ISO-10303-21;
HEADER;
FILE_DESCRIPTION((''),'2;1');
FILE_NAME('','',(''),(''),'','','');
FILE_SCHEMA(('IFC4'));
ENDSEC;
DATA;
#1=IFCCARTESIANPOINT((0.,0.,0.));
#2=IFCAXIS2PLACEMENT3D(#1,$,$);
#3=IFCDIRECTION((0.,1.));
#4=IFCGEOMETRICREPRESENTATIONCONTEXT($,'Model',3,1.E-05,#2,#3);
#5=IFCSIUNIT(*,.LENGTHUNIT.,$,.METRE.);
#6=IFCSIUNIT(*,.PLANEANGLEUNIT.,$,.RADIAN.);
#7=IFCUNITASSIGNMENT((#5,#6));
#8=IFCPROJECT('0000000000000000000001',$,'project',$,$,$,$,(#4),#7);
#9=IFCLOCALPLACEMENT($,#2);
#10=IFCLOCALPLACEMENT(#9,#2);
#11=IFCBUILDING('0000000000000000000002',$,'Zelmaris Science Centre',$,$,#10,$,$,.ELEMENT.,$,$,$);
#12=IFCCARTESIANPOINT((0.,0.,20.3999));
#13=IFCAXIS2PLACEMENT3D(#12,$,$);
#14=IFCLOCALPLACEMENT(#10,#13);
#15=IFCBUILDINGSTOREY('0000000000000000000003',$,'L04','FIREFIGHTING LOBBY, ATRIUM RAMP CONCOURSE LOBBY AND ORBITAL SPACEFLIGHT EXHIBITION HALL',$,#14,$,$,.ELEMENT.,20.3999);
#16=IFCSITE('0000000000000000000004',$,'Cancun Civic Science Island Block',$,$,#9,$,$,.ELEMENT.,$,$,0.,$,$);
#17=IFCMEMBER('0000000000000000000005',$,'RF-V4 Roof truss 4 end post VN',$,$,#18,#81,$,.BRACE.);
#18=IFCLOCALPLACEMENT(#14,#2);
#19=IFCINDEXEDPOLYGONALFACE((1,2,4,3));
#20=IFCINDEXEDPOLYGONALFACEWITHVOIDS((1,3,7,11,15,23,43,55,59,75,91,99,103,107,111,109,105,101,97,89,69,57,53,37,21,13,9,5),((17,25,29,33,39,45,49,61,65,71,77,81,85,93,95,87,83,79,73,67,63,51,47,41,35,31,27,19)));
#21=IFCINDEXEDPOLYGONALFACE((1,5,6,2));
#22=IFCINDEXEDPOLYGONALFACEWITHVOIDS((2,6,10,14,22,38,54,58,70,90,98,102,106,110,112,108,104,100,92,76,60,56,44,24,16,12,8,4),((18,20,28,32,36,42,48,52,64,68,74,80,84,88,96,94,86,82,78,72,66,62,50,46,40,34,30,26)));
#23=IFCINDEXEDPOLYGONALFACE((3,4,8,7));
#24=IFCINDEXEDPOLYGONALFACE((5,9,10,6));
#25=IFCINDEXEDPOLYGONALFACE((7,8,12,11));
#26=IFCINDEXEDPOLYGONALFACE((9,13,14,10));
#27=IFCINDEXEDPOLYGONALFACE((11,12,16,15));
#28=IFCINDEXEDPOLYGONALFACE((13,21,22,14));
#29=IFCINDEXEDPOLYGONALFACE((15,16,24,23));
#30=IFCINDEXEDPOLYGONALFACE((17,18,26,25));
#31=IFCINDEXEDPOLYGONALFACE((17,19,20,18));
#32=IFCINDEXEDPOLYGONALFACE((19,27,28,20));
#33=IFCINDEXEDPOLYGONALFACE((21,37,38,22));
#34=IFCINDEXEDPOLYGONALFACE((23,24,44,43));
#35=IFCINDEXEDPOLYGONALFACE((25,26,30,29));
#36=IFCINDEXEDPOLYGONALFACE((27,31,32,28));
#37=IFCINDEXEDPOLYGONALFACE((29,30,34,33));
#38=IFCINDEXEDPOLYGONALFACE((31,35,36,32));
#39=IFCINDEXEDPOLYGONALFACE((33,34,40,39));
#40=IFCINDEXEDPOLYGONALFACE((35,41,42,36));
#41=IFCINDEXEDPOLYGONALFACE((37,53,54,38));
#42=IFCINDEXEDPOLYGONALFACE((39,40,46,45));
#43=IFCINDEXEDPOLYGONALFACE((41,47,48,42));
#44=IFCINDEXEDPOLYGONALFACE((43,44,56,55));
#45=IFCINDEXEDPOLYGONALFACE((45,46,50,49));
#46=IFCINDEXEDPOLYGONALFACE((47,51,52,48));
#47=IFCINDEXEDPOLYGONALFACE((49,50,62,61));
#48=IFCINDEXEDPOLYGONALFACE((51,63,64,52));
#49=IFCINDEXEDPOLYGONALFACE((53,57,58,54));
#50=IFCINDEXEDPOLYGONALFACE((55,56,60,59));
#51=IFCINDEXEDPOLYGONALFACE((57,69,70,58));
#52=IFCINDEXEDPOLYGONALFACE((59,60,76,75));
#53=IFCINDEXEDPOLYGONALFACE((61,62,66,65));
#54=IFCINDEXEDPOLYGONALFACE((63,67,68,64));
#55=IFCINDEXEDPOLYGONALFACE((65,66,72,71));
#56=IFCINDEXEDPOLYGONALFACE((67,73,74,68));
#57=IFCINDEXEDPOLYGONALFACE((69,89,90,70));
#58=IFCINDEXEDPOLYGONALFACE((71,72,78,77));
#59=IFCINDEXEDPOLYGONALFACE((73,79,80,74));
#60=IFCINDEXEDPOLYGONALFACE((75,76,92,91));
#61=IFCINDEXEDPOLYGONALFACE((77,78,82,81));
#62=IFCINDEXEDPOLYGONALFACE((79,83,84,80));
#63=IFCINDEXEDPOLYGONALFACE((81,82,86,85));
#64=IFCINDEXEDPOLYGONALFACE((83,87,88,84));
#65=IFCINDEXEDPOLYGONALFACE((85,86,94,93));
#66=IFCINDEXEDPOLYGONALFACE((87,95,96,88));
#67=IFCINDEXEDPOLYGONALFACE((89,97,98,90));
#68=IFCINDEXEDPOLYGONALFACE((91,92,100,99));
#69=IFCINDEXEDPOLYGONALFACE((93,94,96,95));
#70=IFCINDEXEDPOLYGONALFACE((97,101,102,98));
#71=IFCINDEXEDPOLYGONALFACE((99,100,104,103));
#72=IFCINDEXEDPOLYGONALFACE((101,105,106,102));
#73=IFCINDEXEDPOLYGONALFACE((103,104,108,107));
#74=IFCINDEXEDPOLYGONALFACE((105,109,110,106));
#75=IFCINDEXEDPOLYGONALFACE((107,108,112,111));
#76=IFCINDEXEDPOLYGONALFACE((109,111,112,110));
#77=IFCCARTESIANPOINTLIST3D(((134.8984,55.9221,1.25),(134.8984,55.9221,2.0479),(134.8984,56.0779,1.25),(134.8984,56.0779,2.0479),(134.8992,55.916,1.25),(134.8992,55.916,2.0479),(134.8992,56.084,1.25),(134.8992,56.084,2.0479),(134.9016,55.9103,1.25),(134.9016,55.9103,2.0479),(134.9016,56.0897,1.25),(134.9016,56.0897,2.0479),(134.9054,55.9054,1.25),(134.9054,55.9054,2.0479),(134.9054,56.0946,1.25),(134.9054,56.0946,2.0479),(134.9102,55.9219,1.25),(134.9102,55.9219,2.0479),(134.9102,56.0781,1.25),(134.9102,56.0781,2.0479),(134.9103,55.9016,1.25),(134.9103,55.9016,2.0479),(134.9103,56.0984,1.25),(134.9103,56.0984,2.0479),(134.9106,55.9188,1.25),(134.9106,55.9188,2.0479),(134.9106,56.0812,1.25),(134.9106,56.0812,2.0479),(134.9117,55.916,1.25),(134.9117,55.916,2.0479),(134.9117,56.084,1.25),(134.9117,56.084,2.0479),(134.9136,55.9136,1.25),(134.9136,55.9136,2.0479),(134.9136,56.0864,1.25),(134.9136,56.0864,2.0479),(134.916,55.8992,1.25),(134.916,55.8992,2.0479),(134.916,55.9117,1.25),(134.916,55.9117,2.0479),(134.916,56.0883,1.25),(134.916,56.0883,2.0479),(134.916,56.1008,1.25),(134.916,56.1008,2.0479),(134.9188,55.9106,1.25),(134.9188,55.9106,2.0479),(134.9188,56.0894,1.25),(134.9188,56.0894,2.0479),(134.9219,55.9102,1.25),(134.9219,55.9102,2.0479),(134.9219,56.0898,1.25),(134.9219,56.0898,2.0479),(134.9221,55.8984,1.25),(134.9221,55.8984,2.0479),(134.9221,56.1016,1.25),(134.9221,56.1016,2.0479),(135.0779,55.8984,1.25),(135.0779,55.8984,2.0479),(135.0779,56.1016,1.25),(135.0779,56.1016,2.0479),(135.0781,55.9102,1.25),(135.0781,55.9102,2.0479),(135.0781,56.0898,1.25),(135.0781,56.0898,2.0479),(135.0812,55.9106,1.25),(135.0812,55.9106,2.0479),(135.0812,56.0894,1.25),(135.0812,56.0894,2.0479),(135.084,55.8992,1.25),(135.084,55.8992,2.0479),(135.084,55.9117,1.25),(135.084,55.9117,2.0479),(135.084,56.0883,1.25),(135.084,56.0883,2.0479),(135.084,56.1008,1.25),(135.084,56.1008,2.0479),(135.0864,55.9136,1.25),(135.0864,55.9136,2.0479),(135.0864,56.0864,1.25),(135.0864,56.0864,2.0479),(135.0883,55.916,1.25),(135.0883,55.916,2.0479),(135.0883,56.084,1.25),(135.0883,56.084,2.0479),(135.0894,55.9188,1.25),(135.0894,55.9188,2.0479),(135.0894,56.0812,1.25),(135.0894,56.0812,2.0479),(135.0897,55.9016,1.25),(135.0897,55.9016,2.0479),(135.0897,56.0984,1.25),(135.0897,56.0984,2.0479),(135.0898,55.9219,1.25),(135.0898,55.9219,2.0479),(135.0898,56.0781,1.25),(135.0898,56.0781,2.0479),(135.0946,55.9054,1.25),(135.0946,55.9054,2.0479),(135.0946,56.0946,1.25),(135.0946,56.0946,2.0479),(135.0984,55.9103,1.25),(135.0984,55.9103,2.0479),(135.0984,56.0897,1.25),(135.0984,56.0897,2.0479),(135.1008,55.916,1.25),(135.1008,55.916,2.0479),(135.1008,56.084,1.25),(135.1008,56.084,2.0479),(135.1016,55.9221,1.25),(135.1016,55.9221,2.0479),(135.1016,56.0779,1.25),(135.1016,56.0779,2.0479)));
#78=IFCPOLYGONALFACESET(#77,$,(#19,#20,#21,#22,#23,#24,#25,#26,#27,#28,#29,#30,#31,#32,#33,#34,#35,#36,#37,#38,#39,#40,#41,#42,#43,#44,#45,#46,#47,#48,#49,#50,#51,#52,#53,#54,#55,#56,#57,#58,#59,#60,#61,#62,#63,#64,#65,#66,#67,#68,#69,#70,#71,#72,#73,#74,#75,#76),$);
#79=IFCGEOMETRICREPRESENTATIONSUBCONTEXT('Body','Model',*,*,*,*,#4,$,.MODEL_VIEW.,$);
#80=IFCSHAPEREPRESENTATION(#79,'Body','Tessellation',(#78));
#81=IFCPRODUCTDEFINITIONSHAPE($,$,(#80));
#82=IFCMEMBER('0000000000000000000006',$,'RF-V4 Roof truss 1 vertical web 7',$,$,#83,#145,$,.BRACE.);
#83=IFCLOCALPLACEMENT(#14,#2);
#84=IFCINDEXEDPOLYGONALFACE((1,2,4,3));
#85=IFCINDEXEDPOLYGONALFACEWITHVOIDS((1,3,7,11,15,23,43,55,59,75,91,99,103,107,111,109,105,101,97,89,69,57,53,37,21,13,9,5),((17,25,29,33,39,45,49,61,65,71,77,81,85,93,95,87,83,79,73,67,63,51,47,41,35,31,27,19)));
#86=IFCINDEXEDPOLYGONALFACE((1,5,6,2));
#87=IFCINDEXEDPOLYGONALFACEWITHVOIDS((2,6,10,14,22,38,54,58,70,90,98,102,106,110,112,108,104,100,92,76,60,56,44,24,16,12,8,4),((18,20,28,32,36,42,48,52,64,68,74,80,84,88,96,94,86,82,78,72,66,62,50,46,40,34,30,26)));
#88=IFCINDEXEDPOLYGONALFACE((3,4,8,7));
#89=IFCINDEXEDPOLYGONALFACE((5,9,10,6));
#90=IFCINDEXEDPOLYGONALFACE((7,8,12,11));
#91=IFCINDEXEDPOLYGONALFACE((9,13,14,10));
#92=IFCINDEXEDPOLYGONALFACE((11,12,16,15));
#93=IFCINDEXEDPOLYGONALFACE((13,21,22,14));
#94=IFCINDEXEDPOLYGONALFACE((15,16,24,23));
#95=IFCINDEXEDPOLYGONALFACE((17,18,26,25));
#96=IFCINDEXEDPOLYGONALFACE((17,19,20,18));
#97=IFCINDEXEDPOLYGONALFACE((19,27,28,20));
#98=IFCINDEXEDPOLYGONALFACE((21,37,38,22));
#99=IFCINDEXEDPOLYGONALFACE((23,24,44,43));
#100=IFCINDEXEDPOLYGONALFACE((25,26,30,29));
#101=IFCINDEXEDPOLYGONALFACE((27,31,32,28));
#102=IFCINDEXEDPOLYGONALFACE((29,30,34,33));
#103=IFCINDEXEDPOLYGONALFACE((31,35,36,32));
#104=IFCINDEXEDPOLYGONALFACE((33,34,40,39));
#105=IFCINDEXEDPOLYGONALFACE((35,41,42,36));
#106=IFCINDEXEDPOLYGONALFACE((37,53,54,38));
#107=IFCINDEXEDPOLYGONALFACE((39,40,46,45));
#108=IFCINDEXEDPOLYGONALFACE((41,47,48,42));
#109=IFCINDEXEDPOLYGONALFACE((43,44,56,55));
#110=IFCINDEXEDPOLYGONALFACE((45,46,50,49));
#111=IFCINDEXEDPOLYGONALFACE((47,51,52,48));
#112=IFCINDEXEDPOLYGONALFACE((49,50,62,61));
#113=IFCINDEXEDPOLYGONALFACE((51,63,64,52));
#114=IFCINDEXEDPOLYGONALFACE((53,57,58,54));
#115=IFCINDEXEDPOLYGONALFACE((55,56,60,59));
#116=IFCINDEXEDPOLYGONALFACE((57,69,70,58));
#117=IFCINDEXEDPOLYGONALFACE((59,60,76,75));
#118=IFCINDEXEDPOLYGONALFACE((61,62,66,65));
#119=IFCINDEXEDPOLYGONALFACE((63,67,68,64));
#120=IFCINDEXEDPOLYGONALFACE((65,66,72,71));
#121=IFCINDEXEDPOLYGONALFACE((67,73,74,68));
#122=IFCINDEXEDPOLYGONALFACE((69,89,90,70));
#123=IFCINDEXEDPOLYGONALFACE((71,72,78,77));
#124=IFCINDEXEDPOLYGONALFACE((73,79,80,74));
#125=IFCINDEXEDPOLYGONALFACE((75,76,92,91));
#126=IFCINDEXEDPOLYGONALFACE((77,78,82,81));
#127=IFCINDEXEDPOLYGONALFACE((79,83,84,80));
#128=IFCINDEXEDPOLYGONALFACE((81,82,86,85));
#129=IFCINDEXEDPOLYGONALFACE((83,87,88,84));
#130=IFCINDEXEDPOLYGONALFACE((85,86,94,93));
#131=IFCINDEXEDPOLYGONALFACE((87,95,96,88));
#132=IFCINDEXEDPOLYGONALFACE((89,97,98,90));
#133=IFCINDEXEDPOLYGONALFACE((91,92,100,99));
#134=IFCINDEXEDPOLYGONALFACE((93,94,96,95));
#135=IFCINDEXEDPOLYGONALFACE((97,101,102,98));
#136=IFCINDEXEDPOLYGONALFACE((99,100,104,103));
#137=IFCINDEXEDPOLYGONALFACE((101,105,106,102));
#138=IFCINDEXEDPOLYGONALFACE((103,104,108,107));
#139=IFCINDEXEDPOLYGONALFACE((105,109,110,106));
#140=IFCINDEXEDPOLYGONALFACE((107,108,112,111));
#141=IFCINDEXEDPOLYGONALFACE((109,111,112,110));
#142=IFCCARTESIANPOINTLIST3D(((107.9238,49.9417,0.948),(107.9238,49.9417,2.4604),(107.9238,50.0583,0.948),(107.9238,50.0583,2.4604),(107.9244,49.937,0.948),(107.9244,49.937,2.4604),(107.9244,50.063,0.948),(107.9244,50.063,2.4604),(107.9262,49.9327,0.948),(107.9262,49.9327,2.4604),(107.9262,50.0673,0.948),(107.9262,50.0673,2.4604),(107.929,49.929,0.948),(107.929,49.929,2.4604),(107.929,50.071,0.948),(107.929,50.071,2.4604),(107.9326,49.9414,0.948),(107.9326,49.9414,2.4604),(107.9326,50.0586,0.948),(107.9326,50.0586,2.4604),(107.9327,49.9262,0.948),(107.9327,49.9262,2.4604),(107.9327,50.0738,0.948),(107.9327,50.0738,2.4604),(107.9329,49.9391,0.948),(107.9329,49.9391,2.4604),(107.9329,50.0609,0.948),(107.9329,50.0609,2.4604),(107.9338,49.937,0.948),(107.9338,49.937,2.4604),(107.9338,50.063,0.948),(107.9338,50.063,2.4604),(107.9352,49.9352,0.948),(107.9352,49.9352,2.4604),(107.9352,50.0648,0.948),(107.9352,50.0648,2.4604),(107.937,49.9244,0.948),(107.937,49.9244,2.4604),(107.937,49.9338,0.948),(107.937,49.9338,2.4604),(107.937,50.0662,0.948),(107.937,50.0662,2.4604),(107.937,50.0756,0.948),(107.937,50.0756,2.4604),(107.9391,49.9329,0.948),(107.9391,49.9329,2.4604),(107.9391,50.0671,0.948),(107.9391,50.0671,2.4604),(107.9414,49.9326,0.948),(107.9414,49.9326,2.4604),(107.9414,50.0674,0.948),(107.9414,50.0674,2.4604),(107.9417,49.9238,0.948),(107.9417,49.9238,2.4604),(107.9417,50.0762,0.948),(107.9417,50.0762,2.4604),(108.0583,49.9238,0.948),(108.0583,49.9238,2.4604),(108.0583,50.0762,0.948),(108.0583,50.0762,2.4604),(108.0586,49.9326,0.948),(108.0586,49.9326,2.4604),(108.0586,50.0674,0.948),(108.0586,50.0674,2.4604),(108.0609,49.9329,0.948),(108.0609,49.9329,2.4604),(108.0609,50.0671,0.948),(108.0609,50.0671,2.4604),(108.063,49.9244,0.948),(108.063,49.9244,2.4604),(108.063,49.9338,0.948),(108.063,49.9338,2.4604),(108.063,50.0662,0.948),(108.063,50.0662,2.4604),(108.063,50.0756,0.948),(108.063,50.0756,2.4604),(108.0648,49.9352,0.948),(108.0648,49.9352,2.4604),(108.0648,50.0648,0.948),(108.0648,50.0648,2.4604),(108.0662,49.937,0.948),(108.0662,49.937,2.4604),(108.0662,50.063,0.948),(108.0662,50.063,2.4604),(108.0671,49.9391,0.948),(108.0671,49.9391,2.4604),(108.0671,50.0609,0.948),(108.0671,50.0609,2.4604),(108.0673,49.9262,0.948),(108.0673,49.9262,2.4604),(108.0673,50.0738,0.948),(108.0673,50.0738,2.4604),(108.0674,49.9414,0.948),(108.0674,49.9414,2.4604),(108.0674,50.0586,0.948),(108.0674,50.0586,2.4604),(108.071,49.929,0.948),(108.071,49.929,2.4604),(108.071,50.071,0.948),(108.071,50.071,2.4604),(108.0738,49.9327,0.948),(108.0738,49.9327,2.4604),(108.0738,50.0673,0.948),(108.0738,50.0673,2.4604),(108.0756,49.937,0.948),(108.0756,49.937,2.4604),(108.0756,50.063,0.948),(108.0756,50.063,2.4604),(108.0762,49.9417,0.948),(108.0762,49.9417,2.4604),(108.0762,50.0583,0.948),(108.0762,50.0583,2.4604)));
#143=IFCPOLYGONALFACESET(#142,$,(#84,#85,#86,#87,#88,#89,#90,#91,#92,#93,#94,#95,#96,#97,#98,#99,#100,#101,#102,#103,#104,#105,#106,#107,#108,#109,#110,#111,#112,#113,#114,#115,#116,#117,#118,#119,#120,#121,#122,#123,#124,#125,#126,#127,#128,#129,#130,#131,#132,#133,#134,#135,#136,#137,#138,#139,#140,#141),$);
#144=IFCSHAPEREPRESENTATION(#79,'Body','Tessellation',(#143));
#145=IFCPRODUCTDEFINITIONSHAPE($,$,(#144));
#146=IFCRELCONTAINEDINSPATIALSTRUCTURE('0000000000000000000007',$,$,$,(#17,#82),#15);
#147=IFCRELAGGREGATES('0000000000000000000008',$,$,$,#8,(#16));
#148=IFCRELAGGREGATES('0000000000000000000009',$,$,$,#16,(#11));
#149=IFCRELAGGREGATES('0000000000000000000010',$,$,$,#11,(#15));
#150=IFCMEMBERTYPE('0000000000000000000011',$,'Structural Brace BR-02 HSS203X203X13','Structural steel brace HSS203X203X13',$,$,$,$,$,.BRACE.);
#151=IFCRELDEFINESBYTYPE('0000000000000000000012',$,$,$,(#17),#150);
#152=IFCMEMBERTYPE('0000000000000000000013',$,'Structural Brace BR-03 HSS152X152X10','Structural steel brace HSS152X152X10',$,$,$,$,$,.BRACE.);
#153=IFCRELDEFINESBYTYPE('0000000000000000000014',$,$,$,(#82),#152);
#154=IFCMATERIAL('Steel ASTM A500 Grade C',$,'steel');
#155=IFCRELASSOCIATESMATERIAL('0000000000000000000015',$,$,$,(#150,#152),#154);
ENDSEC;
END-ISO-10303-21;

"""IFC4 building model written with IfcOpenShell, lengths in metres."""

from ifc_helpers import new_model, si_unit, direction, frame, origin, origin_2d, place, context, subcontext, project, spatial, hollow_rectangle, extrude, material, material_profile, profile_set, type_object, element, save


model = new_model("IFC4")

# Units and contexts
model_context = context("Model", 3, precision=1e-05, world=origin(), true_north=direction((0.0, 1.0)))
body_context = subcontext(model_context, "Body", "Model", "MODEL_VIEW")
ifc_project = project(units=[si_unit("LENGTHUNIT", "METRE"), si_unit("PLANEANGLEUNIT", "RADIAN")], contexts=[model_context])

# Site, building, storey
site_placement = place(None, origin())
site = spatial("IfcSite", under=ifc_project, at=site_placement, Name="Cancun Civic Science Island Block", CompositionType="ELEMENT", RefElevation=0.0)
building_placement = place(site_placement, origin())
building = spatial("IfcBuilding", under=site, at=building_placement, Name="Zelmaris Science Centre", CompositionType="ELEMENT")
storey_placement = place(building_placement, frame((0.0, 0.0, 20.3999)))
storey = spatial("IfcBuildingStorey", under=building, at=storey_placement, Name="L04", Description="FIREFIGHTING LOBBY, ATRIUM RAMP CONCOURSE LOBBY AND ORBITAL SPACEFLIGHT EXHIBITION HALL", CompositionType="ELEMENT", Elevation=20.3999)

# Members
ifc_material_1 = material(Name="Steel ASTM A500 Grade C", Category="steel")
ifc_material_profile_1 = material_profile(ifc_material_1, hollow_rectangle(XDim=0.2031, YDim=0.2031, WallThickness=0.0117, InnerFilletRadius=0.0117, OuterFilletRadius=0.0237, at=origin_2d()), Name="HSS203X203X13")
ifc_profile_set_1 = profile_set([ifc_material_profile_1], Name="Steel ASTM A500 Grade C")
member_type_1 = type_object("IfcMemberType", Name="Structural Brace BR-02 HSS203X203X13", Description="Structural steel brace HSS203X203X13", PredefinedType="BRACE", material=ifc_profile_set_1)
for number, where, z_axis, x_axis, name in (
    (1, (135.0, 56.0, 1.25), (0.0, 0.0, 1.0), (1.0, 0.0, 0.0), "RF-V4 Roof truss 4 end post VN"),
):
    element("IfcMember", number, at=place(storey_placement, frame(where, z_axis=z_axis, x_axis=x_axis)), inside=storey, type_object=member_type_1, Name=name, PredefinedType="BRACE", context=body_context, shape_type="SweptSolid", body=[
        extrude(hollow_rectangle(XDim=0.2031, YDim=0.2031, WallThickness=0.0117, InnerFilletRadius=0.0117, OuterFilletRadius=0.0237, at=origin_2d()), origin(), (0.0, 0.0, 1.0), 0.7979),
    ])
ifc_material_profile_2 = material_profile(ifc_material_1, hollow_rectangle(XDim=0.1523, YDim=0.1523, WallThickness=0.0088, InnerFilletRadius=0.0088, OuterFilletRadius=0.0178, at=origin_2d()), Name="HSS152X152X10")
ifc_profile_set_2 = profile_set([ifc_material_profile_2], Name="Steel ASTM A500 Grade C")
member_type_2 = type_object("IfcMemberType", Name="Structural Brace BR-03 HSS152X152X10", Description="Structural steel brace HSS152X152X10", PredefinedType="BRACE", material=ifc_profile_set_2)
for number, where, z_axis, x_axis, name in (
    (2, (108.0, 50.0, 0.948), (0.0, 0.0, 1.0), (1.0, 0.0, 0.0), "RF-V4 Roof truss 1 vertical web 7"),
):
    element("IfcMember", number, at=place(storey_placement, frame(where, z_axis=z_axis, x_axis=x_axis)), inside=storey, type_object=member_type_2, Name=name, PredefinedType="BRACE", context=body_context, shape_type="SweptSolid", body=[
        extrude(hollow_rectangle(XDim=0.1523, YDim=0.1523, WallThickness=0.0088, InnerFilletRadius=0.0088, OuterFilletRadius=0.0178, at=origin_2d()), origin(), (0.0, 0.0, 1.0), 1.5125),
    ])

save(model, "model.ifc")
